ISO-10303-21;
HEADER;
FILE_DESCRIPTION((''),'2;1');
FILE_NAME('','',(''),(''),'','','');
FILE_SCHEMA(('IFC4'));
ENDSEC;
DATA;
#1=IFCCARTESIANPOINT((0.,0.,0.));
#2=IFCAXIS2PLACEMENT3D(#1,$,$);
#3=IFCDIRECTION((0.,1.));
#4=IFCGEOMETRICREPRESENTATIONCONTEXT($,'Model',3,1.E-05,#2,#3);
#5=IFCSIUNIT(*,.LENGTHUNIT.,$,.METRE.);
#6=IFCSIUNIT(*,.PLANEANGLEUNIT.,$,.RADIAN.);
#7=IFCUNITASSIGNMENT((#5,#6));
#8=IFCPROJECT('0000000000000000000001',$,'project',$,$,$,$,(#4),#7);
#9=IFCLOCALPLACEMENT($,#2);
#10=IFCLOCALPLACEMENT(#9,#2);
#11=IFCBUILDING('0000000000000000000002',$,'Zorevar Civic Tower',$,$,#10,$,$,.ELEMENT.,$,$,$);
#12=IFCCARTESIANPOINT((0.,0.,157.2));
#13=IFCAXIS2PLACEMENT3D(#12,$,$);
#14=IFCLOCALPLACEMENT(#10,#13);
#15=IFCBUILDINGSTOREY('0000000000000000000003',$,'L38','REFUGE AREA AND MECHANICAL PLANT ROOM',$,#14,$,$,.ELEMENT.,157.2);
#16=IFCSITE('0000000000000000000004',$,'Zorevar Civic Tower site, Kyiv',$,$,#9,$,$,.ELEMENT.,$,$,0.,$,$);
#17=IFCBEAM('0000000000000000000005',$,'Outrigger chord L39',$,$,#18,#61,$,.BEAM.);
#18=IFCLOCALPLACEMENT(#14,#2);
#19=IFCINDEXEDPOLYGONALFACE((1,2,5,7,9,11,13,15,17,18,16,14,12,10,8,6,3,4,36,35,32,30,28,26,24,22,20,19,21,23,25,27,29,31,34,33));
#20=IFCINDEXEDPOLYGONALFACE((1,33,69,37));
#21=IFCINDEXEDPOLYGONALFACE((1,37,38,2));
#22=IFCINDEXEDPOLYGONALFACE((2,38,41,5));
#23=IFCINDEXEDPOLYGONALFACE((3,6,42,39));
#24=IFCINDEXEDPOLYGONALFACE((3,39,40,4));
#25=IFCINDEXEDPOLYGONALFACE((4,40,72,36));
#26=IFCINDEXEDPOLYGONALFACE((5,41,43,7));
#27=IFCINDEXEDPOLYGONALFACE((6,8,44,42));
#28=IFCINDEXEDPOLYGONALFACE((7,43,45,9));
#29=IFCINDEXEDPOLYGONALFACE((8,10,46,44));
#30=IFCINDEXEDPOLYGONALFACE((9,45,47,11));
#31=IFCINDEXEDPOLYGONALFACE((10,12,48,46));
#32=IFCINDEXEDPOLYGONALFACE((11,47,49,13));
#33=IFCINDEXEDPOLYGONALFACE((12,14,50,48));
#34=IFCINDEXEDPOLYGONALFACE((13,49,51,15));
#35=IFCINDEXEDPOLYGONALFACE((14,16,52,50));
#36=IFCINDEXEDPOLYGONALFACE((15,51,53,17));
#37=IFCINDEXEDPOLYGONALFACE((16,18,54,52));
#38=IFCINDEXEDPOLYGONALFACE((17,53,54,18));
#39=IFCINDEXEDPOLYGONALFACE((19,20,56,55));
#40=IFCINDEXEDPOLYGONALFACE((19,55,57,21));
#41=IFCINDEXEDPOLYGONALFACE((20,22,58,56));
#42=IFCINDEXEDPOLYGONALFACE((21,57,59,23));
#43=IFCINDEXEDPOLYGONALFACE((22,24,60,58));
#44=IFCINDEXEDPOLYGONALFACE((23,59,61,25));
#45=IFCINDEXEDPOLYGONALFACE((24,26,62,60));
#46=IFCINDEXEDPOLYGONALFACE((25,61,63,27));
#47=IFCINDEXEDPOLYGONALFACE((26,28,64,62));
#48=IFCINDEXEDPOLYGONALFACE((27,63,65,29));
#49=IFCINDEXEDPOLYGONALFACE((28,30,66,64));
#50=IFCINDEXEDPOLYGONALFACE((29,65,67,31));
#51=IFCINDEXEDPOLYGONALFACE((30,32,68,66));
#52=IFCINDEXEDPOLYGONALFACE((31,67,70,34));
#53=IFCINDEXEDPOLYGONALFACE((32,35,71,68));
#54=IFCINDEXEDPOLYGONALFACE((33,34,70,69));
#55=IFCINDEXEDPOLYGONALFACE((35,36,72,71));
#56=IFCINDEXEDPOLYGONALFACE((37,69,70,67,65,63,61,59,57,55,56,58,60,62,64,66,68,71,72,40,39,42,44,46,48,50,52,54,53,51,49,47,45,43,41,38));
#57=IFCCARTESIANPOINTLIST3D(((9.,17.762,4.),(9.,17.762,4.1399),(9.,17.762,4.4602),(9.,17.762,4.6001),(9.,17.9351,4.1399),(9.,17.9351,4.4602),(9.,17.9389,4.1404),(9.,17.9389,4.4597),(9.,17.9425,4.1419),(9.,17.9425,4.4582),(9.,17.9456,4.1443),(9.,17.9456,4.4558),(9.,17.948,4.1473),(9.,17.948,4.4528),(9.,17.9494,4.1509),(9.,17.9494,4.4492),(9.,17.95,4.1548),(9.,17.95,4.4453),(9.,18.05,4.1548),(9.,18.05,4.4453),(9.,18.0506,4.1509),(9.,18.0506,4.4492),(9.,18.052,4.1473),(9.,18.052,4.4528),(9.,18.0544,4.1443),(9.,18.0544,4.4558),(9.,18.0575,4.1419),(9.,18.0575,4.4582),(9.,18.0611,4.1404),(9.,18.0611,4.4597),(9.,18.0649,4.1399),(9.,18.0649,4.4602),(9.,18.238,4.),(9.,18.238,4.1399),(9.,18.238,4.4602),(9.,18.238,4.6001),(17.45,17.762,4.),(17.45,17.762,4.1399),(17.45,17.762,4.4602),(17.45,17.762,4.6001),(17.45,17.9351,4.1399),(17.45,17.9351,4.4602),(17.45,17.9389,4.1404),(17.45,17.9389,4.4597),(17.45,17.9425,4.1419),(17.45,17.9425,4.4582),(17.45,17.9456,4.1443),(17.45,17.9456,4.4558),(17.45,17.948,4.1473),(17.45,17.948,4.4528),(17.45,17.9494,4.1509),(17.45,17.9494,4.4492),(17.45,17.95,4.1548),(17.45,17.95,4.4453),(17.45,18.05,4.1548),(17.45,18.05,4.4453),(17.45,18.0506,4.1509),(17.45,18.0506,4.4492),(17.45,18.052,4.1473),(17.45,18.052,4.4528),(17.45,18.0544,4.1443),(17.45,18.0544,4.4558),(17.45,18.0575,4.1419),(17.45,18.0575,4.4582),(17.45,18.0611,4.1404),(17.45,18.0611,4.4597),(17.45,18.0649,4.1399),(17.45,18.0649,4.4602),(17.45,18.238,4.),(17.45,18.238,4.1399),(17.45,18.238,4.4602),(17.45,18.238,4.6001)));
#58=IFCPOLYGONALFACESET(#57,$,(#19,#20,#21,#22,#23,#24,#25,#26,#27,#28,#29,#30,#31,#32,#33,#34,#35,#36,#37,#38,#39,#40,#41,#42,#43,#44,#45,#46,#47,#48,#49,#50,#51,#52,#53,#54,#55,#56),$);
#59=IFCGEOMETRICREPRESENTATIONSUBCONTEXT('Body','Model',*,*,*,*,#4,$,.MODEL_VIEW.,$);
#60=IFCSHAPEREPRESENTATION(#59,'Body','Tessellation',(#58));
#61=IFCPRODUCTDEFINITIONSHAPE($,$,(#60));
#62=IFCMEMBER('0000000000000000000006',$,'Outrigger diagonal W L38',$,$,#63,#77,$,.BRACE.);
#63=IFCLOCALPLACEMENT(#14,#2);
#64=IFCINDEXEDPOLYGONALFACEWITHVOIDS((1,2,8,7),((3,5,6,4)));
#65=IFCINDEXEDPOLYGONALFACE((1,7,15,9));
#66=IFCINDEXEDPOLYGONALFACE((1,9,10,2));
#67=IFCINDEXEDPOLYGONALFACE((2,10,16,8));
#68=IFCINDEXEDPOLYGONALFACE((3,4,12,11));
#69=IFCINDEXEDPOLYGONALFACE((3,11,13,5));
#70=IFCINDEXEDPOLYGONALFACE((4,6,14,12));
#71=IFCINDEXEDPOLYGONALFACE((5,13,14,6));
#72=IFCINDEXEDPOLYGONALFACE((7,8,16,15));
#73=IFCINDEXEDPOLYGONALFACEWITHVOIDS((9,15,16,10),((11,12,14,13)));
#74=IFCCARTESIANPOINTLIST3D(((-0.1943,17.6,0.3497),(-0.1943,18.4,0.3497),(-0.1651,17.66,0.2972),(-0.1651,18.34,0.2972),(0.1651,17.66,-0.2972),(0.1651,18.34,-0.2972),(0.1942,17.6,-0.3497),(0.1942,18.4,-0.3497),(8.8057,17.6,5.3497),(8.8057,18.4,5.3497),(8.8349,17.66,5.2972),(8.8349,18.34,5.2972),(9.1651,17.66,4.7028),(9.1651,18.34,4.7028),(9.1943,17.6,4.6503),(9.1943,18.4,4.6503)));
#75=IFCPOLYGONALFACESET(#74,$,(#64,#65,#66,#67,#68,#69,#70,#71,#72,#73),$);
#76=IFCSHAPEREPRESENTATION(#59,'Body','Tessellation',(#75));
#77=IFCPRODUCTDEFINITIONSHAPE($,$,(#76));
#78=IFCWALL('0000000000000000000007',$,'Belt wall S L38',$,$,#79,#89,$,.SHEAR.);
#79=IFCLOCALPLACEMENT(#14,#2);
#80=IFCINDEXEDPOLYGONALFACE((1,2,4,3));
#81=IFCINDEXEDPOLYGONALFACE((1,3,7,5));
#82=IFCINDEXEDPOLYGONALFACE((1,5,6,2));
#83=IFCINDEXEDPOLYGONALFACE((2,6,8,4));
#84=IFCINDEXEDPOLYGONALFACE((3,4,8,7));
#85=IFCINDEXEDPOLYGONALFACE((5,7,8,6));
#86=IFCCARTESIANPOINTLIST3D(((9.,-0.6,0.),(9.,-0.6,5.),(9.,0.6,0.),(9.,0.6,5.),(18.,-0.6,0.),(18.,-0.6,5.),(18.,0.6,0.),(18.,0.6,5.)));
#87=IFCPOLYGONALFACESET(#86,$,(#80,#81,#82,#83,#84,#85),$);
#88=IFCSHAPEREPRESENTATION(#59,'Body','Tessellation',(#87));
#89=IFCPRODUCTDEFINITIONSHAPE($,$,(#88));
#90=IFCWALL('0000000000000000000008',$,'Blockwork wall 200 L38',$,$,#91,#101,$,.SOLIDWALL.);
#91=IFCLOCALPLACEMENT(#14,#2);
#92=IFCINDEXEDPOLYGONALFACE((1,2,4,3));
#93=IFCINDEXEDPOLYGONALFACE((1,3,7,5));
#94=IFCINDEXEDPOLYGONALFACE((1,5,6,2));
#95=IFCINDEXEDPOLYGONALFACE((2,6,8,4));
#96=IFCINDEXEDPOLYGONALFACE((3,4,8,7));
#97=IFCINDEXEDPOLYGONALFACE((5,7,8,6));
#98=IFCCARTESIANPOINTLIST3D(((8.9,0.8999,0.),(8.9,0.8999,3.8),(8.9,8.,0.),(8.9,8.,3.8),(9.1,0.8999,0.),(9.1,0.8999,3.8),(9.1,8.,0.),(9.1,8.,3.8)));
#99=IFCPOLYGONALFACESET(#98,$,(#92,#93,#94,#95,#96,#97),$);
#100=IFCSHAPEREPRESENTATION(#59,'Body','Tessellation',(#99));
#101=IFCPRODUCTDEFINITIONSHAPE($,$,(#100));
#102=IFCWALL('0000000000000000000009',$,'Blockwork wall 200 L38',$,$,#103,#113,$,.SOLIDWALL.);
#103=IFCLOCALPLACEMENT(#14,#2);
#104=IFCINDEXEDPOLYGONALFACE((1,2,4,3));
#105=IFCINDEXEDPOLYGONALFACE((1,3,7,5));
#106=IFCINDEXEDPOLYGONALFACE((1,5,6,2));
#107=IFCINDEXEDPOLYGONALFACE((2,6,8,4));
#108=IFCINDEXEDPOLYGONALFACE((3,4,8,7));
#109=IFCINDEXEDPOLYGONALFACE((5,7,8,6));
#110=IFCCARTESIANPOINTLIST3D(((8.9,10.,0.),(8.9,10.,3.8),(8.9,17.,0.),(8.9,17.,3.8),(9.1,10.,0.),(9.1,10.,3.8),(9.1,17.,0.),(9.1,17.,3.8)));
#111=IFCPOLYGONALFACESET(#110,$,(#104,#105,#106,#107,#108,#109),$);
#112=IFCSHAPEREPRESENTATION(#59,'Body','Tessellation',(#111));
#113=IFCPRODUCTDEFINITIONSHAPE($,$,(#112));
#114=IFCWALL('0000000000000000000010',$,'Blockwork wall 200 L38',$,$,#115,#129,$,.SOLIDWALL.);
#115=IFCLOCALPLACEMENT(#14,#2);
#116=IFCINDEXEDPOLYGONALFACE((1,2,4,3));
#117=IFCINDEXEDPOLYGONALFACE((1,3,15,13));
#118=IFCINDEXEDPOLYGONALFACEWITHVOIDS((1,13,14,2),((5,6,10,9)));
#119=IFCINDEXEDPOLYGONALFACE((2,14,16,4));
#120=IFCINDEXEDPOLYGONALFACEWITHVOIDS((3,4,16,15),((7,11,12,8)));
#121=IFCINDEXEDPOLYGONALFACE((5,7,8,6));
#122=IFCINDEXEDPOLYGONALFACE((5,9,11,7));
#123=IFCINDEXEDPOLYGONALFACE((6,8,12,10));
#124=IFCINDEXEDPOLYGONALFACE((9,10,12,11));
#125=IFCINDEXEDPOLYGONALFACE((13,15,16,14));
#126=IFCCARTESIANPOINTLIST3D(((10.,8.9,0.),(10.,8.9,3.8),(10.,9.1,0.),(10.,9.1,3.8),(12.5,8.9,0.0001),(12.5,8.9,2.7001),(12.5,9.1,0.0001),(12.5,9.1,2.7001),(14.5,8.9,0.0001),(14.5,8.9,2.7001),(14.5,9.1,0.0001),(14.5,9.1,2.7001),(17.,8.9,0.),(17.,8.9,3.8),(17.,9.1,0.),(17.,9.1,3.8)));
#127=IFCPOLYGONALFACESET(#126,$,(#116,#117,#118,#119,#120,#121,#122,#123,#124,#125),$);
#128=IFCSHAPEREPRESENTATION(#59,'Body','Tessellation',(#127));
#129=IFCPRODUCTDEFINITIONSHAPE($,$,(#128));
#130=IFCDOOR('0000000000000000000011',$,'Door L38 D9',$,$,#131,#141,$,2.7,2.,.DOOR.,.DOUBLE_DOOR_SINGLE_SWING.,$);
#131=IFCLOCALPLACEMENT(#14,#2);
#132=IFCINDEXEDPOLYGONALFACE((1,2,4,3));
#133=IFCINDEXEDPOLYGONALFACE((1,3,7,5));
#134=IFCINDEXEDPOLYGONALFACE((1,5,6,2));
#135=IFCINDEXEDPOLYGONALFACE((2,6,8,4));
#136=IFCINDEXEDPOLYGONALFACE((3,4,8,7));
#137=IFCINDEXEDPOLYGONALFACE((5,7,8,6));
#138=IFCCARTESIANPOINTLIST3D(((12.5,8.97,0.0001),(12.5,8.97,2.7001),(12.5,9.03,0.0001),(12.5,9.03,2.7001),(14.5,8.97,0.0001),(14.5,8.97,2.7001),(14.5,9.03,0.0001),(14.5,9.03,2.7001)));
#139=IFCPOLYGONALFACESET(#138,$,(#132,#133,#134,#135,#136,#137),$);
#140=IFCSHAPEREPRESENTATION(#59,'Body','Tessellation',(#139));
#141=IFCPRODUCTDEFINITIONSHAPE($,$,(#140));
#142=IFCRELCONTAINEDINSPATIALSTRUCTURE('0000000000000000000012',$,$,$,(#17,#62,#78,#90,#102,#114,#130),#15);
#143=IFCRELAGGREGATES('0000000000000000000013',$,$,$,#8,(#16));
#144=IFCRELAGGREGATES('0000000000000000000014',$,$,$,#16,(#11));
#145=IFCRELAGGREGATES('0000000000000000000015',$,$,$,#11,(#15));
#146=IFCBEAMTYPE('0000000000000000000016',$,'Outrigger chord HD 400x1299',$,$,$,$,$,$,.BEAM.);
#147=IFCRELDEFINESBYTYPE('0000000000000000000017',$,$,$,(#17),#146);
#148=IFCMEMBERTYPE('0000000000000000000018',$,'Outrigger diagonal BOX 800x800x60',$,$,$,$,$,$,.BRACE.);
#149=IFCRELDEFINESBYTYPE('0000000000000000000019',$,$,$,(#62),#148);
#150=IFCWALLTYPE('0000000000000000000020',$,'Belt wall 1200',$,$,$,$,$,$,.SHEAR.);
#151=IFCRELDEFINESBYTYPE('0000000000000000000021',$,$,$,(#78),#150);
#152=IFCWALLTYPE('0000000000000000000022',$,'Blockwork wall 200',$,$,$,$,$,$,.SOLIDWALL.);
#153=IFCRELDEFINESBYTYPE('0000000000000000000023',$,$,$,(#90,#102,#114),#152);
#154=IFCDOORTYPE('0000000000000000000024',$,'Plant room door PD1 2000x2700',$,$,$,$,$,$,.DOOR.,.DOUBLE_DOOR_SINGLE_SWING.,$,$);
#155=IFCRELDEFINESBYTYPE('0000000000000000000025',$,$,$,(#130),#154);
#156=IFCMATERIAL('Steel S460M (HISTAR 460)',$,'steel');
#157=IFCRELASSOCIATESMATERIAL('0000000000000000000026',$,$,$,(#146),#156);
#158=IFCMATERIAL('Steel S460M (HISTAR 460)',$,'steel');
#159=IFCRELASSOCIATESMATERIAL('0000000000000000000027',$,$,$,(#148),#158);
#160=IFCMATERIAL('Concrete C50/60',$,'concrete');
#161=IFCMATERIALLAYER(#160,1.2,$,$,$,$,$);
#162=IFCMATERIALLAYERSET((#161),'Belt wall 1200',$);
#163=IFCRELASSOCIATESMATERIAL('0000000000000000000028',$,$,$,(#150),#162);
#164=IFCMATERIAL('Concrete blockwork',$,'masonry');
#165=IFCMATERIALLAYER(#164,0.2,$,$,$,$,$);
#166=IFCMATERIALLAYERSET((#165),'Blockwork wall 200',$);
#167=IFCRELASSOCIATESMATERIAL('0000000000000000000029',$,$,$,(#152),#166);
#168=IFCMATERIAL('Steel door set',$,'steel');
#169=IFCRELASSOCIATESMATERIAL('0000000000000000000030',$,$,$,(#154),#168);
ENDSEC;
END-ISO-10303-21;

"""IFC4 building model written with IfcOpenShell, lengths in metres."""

from ifc_helpers import new_model, si_unit, direction, frame, frame_2d, origin, origin_2d, place, context, subcontext, project, spatial, rectangle, hollow_rectangle, i_section, extrude, material, layer, layer_set, material_profile, profile_set, type_object, element, fill, save


model = new_model("IFC4")

# Units and contexts
model_context = context("Model", 3, precision=1e-05, world=origin(), true_north=direction((0.0, 1.0)))
body_context = subcontext(model_context, "Body", "Model", "MODEL_VIEW")
ifc_project = project(units=[si_unit("LENGTHUNIT", "METRE"), si_unit("PLANEANGLEUNIT", "RADIAN")], contexts=[model_context])

# Site, building, storey
site_placement = place(None, origin())
site = spatial("IfcSite", under=ifc_project, at=site_placement, Name="Zorevar Civic Tower site, Kyiv", CompositionType="ELEMENT", RefElevation=0.0)
building_placement = place(site_placement, origin())
building = spatial("IfcBuilding", under=site, at=building_placement, Name="Zorevar Civic Tower", CompositionType="ELEMENT")
storey_placement = place(building_placement, frame((0.0, 0.0, 157.2)))
storey = spatial("IfcBuildingStorey", under=building, at=storey_placement, Name="L38", Description="REFUGE AREA AND MECHANICAL PLANT ROOM", CompositionType="ELEMENT", Elevation=157.2)

# Beam
ifc_material_1 = material(Name="Steel S460M (HISTAR 460)", Category="steel")
ifc_material_profile_1 = material_profile(ifc_material_1, i_section(OverallWidth=0.4761, OverallDepth=0.6001, WebThickness=0.1001, FlangeThickness=0.1399, FilletRadius=0.0149, at=origin_2d()), Name="HD 400x1299")
ifc_profile_set_1 = profile_set([ifc_material_profile_1], Name="Steel S460M (HISTAR 460)")
beam_type_1 = type_object("IfcBeamType", Name="Outrigger chord HD 400x1299", PredefinedType="BEAM", material=ifc_profile_set_1)
beam_placement = place(storey_placement, frame((9.0, 18.0, 4.3), z_axis=(1.0, 0.0, 0.0), x_axis=(0.0, 1.0, 0.0)))
element("IfcBeam", 1, at=beam_placement, inside=storey, type_object=beam_type_1, Name="Outrigger chord L39", PredefinedType="BEAM", context=body_context, shape_type="SweptSolid", body=[
    extrude(i_section(OverallWidth=0.4761, OverallDepth=0.6001, WebThickness=0.1001, FlangeThickness=0.1399, FilletRadius=0.0149, at=origin_2d()), origin(), (0.0, 0.0, 1.0), 8.45),
])

# Member
ifc_material_2 = material(Name="Steel S460M (HISTAR 460)", Category="steel")
ifc_material_profile_2 = material_profile(ifc_material_2, hollow_rectangle(XDim=0.8, YDim=0.8, WallThickness=0.0601, at=origin_2d()), Name="BOX 800x800x60")
ifc_profile_set_2 = profile_set([ifc_material_profile_2], Name="Steel S460M (HISTAR 460)")
member_type_1 = type_object("IfcMemberType", Name="Outrigger diagonal BOX 800x800x60", PredefinedType="BRACE", material=ifc_profile_set_2)
member_1_placement = place(storey_placement, frame((9.0, 18.0, 5.0), z_axis=(-0.874157, 0.0, -0.485643), x_axis=(0.0, -1.0, 0.0)))
element("IfcMember", 2, at=member_1_placement, inside=storey, type_object=member_type_1, Name="Outrigger diagonal W L38", PredefinedType="BRACE", context=body_context, shape_type="SweptSolid", body=[
    extrude(hollow_rectangle(XDim=0.8, YDim=0.8, WallThickness=0.0601, at=origin_2d()), origin(), (0.0, 0.0, 1.0), 10.2957),
])

# Walls
ifc_material_3 = material(Name="Concrete C50/60", Category="concrete")
ifc_layer_1 = layer(ifc_material_3, 1.2)
ifc_layer_set_1 = layer_set([ifc_layer_1], Name="Belt wall 1200")
wall_type_1 = type_object("IfcWallType", Name="Belt wall 1200", PredefinedType="SHEAR", material=ifc_layer_set_1)
wall_1_placement = place(storey_placement, frame((9.0, 0.0, 0.0), z_axis=(0.0, 0.0, 1.0), x_axis=(1.0, 0.0, 0.0)))
element("IfcWall", 3, at=wall_1_placement, inside=storey, type_object=wall_type_1, Name="Belt wall S L38", PredefinedType="SHEAR", context=body_context, shape_type="SweptSolid", body=[
    extrude(rectangle(XDim=9.0, YDim=1.2, at=frame_2d((4.5, 0.0))), origin(), (0.0, 0.0, 1.0), 5.0),
])
ifc_material_4 = material(Name="Concrete blockwork", Category="masonry")
ifc_layer_2 = layer(ifc_material_4, 0.2)
ifc_layer_set_2 = layer_set([ifc_layer_2], Name="Blockwork wall 200")
wall_type_2 = type_object("IfcWallType", Name="Blockwork wall 200", PredefinedType="SOLIDWALL", material=ifc_layer_set_2)
wall_2_placement = place(storey_placement, frame((9.0, 0.8999, 0.0), z_axis=(0.0, 0.0, 1.0), x_axis=(0.0, 1.0, 0.0)))
element("IfcWall", 4, at=wall_2_placement, inside=storey, type_object=wall_type_2, Name="Blockwork wall 200 L38", PredefinedType="SOLIDWALL", context=body_context, shape_type="SweptSolid", body=[
    extrude(rectangle(XDim=7.1001, YDim=0.2, at=frame_2d((3.55, 0.0))), origin(), (0.0, 0.0, 1.0), 3.8),
])
wall_3_placement = place(storey_placement, frame((9.0, 10.0, 0.0), z_axis=(0.0, 0.0, 1.0), x_axis=(0.0, 1.0, 0.0)))
element("IfcWall", 5, at=wall_3_placement, inside=storey, type_object=wall_type_2, Name="Blockwork wall 200 L38", PredefinedType="SOLIDWALL", context=body_context, shape_type="SweptSolid", body=[
    extrude(rectangle(XDim=7.0, YDim=0.2, at=frame_2d((3.5, 0.0))), origin(), (0.0, 0.0, 1.0), 3.8),
])

# Wall, opening, door
wall_4_placement = place(storey_placement, frame((10.0, 9.0, 0.0), z_axis=(0.0, 0.0, 1.0), x_axis=(1.0, 0.0, 0.0)))
wall_4 = element("IfcWall", 6, at=wall_4_placement, inside=storey, type_object=wall_type_2, Name="Blockwork wall 200 L38", PredefinedType="SOLIDWALL", context=body_context, shape_type="SweptSolid", body=[
    extrude(rectangle(XDim=7.0, YDim=0.2, at=frame_2d((3.5, 0.0))), origin(), (0.0, 0.0, 1.0), 3.8),
])
opening_1_placement = place(wall_4_placement, frame((2.5, 0.0, 0.0)))
opening_1 = element("IfcOpeningElement", 7, at=opening_1_placement, cuts=wall_4, PredefinedType="OPENING", context=body_context, shape_type="SweptSolid", body=[
    extrude(rectangle(XDim=2.0, YDim=2.7, at=frame_2d((1.0, 1.3501))), frame((0.0, 0.1099, 0.0), z_axis=(0.0, -1.0, 0.0), x_axis=(1.0, 0.0, 0.0)), (0.0, 0.0, 1.0), 0.22),
])
ifc_material_5 = material(Name="Steel door set", Category="steel")
door_type_1 = type_object("IfcDoorType", Name="Plant room door PD1 2000x2700", OperationType="DOUBLE_DOOR_SINGLE_SWING", PredefinedType="DOOR", material=ifc_material_5)
door_1_placement = place(opening_1_placement, origin())
door_1 = element("IfcDoor", 8, at=door_1_placement, inside=storey, type_object=door_type_1, Name="Door L38 D9", OperationType="DOUBLE_DOOR_SINGLE_SWING", OverallHeight=2.7, OverallWidth=2.0, PredefinedType="DOOR", context=body_context, shape_type="SweptSolid", body=[
    extrude(rectangle(XDim=2.0, YDim=2.7, at=frame_2d((1.0, 1.3501))), frame((0.0, 0.03, 0.0), z_axis=(0.0, -1.0, 0.0), x_axis=(1.0, 0.0, 0.0)), (0.0, 0.0, 1.0), 0.0601),
])
fill(opening_1, door_1)

save(model, "model.ifc")
